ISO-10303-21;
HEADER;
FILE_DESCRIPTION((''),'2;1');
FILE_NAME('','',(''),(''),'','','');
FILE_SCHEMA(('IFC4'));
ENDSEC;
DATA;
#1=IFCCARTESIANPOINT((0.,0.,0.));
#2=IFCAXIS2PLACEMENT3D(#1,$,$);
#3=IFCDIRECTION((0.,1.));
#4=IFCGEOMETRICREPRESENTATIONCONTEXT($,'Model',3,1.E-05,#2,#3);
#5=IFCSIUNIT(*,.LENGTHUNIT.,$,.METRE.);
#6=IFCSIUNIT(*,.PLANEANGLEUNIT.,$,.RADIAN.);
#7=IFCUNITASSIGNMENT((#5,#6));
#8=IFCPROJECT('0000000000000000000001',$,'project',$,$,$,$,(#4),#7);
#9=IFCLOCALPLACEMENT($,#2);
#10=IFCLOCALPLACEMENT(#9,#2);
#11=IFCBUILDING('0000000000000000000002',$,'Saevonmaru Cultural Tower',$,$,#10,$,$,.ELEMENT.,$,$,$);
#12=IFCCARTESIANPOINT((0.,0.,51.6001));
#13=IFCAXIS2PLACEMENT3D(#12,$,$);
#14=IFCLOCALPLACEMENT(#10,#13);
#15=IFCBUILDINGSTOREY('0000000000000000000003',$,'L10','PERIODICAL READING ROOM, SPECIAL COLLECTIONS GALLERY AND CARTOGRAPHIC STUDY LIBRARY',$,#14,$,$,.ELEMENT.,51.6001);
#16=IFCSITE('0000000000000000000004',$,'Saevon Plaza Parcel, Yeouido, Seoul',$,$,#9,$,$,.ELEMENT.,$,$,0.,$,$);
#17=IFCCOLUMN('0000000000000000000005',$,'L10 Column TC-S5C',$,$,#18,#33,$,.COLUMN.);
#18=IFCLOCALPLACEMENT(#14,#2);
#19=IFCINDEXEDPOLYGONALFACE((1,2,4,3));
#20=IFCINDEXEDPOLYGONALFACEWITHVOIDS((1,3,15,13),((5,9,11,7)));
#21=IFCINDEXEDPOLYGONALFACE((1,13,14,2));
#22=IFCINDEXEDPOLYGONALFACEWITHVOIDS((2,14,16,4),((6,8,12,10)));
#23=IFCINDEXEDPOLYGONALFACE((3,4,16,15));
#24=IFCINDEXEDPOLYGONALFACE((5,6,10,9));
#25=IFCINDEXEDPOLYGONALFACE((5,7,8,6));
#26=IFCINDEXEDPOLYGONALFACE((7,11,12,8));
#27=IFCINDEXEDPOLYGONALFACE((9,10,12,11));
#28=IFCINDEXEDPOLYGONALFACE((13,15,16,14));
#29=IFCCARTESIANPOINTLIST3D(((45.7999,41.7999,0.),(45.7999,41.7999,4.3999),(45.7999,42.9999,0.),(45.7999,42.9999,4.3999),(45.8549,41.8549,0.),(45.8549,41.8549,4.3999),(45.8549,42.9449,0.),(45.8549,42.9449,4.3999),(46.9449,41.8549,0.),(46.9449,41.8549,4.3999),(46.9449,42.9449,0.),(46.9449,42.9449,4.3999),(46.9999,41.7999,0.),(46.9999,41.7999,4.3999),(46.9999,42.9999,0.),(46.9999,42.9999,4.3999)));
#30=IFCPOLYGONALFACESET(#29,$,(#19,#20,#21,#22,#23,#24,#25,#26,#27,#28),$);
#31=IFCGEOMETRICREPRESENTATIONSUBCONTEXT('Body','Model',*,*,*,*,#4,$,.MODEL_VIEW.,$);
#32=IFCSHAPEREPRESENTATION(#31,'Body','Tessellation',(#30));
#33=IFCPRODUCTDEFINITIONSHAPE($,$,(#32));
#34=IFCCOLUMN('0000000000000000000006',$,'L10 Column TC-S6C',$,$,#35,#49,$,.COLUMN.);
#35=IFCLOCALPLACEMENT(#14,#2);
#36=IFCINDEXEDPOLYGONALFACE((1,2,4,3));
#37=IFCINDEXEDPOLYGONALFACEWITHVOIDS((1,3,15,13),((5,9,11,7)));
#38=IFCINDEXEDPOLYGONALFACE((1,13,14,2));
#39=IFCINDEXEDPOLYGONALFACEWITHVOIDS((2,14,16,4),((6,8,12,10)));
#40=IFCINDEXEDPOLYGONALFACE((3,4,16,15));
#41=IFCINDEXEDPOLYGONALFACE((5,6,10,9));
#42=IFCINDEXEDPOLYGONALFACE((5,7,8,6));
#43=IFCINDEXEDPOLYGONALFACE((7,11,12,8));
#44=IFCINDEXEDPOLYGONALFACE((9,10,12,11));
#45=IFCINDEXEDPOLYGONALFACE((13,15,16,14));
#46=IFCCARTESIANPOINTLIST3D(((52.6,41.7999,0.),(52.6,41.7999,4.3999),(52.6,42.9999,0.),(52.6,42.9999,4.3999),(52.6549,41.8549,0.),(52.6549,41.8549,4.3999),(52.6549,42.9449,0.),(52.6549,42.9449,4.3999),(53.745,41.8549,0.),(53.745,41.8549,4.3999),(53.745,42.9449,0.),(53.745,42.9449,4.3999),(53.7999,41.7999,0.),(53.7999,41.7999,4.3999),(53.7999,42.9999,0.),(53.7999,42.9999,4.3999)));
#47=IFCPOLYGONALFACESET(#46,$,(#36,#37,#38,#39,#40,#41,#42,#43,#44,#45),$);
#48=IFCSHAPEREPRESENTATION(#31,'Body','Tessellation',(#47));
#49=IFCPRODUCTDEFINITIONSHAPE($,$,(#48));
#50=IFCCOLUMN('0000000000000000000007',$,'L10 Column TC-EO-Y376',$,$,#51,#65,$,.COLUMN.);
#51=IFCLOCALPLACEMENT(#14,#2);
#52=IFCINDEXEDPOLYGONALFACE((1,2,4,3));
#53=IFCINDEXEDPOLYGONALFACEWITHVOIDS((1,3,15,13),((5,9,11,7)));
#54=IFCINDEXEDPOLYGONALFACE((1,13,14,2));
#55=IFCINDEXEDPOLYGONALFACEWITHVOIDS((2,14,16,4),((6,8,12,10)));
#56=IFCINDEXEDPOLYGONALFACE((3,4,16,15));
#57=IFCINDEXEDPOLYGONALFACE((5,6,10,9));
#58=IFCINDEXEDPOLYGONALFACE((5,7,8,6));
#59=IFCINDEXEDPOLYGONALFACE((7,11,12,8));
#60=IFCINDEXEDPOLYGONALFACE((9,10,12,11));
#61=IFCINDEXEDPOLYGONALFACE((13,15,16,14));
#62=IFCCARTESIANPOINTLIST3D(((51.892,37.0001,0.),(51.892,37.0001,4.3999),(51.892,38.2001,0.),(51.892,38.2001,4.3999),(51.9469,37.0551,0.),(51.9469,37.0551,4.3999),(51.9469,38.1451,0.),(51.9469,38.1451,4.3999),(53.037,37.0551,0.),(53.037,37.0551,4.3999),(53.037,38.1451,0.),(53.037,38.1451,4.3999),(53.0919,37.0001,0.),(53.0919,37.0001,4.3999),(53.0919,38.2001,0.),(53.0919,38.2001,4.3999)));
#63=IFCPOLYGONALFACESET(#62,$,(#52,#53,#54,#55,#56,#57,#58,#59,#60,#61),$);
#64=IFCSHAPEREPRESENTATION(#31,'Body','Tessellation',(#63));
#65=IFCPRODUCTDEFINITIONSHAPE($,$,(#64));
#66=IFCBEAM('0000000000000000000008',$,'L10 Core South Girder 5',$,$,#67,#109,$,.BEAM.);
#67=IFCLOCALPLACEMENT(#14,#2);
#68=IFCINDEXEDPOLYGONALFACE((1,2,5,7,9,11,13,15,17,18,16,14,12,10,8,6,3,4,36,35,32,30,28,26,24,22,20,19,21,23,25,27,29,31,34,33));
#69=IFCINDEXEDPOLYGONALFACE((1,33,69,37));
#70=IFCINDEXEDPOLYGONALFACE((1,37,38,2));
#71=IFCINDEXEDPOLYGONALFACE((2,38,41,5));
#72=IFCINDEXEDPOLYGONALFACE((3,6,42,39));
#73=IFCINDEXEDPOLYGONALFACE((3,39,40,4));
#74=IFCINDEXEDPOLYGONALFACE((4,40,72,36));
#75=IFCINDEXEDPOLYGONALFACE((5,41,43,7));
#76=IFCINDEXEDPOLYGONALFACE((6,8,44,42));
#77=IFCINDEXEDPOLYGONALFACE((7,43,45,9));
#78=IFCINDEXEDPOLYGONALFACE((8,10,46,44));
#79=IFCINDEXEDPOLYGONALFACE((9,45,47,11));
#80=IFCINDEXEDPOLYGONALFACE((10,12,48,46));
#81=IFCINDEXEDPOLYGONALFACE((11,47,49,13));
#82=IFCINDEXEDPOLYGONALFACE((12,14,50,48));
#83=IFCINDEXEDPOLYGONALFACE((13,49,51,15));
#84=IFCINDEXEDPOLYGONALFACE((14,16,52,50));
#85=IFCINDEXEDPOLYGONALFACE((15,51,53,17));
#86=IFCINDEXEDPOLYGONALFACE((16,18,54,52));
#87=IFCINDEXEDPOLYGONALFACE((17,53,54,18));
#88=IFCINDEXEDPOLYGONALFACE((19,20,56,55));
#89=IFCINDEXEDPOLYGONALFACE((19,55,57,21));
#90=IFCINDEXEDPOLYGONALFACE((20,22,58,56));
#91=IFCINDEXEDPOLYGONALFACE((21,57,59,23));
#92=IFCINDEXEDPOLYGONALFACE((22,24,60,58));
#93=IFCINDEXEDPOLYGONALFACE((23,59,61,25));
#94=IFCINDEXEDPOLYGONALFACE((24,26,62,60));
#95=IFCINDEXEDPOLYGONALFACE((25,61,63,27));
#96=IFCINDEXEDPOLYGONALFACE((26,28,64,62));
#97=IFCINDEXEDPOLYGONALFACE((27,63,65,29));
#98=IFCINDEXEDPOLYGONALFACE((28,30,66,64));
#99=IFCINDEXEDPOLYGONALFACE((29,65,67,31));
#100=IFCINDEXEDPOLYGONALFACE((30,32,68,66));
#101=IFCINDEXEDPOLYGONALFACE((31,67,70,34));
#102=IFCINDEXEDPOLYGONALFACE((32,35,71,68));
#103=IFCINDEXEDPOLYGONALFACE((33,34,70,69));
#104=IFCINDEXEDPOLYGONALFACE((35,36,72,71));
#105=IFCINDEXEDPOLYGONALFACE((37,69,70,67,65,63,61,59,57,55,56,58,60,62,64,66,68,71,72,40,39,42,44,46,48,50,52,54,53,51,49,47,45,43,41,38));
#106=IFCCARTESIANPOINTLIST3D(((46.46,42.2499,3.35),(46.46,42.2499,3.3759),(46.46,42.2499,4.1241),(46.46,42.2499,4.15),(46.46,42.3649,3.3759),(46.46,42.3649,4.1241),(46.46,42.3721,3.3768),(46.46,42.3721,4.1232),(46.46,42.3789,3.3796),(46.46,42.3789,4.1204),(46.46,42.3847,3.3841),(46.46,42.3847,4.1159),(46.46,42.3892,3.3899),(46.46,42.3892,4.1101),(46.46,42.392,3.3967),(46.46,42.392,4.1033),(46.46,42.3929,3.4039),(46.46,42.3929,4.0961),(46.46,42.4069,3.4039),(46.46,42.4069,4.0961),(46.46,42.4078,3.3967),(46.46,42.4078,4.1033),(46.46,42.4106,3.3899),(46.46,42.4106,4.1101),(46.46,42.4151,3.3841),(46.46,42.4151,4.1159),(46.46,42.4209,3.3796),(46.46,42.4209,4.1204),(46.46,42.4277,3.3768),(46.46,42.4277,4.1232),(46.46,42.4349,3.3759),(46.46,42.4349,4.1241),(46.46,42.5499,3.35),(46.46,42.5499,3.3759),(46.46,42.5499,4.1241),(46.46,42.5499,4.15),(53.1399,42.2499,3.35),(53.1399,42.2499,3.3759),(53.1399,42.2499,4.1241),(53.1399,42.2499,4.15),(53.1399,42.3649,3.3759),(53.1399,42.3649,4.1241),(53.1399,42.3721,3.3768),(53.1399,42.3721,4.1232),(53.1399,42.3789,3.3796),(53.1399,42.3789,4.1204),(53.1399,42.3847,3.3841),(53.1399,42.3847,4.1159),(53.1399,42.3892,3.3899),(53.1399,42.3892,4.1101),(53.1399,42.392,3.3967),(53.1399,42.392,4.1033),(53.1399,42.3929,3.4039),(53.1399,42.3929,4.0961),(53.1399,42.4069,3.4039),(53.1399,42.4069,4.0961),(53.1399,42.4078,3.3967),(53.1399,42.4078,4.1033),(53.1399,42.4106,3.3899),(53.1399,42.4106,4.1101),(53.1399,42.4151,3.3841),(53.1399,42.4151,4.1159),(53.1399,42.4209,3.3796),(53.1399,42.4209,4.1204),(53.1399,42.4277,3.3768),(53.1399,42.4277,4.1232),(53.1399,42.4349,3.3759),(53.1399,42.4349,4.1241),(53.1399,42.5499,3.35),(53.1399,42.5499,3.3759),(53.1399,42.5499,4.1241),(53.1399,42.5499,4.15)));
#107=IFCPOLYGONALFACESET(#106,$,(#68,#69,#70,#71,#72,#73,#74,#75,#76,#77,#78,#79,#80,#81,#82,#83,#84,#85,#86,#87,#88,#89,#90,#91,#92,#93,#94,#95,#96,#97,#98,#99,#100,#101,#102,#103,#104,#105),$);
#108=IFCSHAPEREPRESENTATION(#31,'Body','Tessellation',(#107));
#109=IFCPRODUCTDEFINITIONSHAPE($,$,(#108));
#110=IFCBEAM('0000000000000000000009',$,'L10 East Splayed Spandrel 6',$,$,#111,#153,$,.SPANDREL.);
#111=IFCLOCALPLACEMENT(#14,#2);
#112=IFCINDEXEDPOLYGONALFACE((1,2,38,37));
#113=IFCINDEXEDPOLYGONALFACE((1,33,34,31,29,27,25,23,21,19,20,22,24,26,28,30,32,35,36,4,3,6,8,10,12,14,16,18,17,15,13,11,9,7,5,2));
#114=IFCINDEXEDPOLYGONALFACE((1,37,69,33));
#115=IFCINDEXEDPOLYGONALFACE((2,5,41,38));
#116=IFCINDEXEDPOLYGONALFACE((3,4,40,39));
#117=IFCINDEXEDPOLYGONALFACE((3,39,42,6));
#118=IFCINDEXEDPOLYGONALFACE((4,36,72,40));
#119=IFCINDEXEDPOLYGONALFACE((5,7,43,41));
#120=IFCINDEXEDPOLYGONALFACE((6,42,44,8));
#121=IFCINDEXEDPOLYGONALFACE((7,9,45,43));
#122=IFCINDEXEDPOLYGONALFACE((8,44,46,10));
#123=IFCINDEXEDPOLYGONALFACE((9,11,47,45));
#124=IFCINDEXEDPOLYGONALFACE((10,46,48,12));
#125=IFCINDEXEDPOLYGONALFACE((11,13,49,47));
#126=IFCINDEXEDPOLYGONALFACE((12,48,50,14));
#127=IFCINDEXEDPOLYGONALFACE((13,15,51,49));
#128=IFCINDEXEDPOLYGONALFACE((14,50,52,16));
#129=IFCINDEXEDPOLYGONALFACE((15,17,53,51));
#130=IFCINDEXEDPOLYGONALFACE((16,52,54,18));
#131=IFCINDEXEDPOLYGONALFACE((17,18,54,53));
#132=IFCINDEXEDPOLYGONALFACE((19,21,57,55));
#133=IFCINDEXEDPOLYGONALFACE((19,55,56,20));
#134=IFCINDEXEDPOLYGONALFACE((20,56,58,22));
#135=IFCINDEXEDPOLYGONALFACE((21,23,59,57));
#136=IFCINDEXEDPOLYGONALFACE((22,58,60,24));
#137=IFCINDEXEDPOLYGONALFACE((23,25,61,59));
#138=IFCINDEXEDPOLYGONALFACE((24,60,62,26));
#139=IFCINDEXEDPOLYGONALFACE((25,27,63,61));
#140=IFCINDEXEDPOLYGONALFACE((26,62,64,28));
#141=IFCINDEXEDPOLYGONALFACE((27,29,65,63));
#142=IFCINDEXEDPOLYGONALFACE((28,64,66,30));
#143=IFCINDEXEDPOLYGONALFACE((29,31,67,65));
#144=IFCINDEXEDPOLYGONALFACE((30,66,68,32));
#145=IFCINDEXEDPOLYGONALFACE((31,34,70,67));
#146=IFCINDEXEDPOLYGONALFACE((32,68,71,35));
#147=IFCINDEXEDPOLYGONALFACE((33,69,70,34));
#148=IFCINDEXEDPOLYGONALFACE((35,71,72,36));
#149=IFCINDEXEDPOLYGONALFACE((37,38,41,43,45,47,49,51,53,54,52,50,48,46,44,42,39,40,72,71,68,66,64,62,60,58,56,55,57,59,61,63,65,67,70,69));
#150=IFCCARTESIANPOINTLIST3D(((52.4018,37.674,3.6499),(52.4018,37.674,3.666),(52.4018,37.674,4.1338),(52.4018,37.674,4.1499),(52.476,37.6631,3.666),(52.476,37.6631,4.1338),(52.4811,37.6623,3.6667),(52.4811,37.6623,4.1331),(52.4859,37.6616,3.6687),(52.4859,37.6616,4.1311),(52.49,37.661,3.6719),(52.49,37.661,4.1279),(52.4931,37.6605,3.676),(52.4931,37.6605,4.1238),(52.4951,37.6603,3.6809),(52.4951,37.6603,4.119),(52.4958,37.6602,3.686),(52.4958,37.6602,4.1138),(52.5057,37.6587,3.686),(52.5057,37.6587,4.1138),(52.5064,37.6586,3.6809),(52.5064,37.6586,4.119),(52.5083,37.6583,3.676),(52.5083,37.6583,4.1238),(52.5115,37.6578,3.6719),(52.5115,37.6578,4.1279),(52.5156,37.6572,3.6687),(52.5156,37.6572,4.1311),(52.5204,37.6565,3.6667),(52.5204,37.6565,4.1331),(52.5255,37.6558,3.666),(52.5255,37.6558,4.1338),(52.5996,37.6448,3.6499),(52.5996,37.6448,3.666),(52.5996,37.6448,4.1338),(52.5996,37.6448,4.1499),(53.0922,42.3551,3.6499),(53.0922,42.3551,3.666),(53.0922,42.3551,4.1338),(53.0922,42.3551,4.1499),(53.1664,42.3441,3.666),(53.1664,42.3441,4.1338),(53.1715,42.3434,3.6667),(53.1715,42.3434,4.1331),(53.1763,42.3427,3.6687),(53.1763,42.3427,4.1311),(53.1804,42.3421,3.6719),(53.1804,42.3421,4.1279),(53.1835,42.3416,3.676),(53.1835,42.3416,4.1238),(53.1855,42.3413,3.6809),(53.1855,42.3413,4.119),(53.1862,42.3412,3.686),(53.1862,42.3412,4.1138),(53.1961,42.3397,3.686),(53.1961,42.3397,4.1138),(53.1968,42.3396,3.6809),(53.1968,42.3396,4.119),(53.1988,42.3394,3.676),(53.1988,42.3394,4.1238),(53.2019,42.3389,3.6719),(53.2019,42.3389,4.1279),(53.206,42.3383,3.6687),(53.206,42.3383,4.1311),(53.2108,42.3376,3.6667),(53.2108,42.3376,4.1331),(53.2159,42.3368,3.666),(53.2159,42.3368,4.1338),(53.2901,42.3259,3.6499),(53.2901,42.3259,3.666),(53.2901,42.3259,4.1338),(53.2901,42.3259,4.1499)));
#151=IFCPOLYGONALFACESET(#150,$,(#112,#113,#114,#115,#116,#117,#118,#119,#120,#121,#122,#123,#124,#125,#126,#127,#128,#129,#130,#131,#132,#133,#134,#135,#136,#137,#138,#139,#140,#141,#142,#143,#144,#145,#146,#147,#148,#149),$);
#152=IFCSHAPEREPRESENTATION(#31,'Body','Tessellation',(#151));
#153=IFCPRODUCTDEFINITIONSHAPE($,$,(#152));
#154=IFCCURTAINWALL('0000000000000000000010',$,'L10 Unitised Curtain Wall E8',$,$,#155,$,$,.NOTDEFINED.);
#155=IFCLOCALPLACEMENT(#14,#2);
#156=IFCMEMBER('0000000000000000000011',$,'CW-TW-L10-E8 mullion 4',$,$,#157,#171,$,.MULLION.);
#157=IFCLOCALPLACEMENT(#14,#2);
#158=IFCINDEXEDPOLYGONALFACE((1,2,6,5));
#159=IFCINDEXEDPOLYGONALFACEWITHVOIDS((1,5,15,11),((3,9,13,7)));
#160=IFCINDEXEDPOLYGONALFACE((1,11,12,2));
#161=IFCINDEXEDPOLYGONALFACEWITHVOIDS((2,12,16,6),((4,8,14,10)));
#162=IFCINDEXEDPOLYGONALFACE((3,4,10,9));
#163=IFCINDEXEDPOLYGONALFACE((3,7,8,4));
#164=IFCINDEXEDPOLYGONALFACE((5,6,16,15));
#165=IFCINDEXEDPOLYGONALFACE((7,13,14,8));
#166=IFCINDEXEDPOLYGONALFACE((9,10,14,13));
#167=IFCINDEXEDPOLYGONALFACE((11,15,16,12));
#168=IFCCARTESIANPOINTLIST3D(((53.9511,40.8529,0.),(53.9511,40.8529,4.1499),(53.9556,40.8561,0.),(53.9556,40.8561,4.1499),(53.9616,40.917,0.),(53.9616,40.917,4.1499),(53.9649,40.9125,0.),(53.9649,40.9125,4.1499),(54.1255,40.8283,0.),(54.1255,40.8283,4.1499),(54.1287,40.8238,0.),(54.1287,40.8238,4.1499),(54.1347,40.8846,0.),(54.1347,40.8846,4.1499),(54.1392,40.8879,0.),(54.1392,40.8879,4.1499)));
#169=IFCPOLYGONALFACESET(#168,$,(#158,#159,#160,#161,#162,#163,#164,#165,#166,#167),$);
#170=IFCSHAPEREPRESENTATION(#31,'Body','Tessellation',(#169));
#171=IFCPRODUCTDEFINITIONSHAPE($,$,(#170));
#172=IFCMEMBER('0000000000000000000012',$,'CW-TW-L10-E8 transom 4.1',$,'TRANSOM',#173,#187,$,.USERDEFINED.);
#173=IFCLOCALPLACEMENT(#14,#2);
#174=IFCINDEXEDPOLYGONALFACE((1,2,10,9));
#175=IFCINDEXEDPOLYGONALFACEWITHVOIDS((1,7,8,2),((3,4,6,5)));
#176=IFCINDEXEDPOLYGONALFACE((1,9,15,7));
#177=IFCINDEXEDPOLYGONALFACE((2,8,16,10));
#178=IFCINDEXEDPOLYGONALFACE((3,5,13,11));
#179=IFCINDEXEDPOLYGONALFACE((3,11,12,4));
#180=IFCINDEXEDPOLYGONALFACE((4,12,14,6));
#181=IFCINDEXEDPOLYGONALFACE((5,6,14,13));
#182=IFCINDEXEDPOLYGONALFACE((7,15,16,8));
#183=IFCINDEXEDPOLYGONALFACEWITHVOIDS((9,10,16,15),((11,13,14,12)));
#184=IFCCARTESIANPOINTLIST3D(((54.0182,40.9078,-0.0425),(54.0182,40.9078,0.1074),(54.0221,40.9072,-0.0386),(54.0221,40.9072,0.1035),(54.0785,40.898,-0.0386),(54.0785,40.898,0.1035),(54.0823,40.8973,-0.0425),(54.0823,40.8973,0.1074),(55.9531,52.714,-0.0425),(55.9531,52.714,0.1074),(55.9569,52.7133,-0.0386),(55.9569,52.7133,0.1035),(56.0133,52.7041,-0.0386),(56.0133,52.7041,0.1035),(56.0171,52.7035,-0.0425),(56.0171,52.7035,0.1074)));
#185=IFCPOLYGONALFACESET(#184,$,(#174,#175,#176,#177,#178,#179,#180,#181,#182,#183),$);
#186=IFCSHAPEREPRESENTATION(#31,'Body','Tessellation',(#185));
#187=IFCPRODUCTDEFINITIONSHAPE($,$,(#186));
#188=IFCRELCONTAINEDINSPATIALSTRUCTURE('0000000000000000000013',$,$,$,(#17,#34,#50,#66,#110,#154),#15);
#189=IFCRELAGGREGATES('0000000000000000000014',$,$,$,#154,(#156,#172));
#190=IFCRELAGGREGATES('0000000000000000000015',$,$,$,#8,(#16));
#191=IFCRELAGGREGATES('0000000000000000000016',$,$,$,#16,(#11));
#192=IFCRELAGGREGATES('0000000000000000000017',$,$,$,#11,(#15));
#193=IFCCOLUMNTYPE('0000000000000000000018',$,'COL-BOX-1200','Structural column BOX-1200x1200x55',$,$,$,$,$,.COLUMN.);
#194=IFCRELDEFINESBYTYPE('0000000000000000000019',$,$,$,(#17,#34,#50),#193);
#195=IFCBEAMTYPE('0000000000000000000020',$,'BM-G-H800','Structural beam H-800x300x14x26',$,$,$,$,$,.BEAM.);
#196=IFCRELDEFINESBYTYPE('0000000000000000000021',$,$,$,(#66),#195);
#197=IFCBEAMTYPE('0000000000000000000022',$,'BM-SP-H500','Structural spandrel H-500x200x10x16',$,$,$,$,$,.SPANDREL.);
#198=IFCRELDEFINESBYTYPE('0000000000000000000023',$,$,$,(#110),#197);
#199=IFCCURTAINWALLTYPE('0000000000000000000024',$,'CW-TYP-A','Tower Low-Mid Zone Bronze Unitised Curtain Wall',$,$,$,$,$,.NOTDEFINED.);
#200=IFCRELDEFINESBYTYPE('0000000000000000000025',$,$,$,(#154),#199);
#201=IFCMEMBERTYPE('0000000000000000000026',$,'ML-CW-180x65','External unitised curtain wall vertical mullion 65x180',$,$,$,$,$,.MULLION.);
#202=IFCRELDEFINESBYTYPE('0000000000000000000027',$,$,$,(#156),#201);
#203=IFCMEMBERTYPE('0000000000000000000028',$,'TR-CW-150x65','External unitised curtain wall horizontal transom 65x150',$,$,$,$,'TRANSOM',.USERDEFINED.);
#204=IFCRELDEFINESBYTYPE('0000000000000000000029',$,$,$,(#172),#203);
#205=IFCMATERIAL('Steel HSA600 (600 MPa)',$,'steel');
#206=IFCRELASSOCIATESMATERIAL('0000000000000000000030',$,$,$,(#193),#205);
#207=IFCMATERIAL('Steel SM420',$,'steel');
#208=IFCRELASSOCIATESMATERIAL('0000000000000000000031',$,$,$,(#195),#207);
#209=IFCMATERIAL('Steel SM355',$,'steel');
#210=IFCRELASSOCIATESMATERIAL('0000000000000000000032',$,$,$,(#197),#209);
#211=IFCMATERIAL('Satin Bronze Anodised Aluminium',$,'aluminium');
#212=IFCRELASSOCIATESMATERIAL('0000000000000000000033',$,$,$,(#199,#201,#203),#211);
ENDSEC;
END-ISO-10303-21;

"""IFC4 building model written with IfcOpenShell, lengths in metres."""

from ifc_helpers import new_model, si_unit, direction, frame, origin, origin_2d, place, context, subcontext, project, spatial, hollow_rectangle, i_section, extrude, material, material_profile, profile_set, type_object, element, aggregate, save


model = new_model("IFC4")

# Units and contexts
model_context = context("Model", 3, precision=1e-05, world=origin(), true_north=direction((0.0, 1.0)))
body_context = subcontext(model_context, "Body", "Model", "MODEL_VIEW")
ifc_project = project(units=[si_unit("LENGTHUNIT", "METRE"), si_unit("PLANEANGLEUNIT", "RADIAN")], contexts=[model_context])

# Site, building, storey
site_placement = place(None, origin())
site = spatial("IfcSite", under=ifc_project, at=site_placement, Name="Saevon Plaza Parcel, Yeouido, Seoul", CompositionType="ELEMENT", RefElevation=0.0)
building_placement = place(site_placement, origin())
building = spatial("IfcBuilding", under=site, at=building_placement, Name="Saevonmaru Cultural Tower", CompositionType="ELEMENT")
storey_placement = place(building_placement, frame((0.0, 0.0, 51.6001)))
storey = spatial("IfcBuildingStorey", under=building, at=storey_placement, Name="L10", Description="PERIODICAL READING ROOM, SPECIAL COLLECTIONS GALLERY AND CARTOGRAPHIC STUDY LIBRARY", CompositionType="ELEMENT", Elevation=51.6001)

# Columns
ifc_material_1 = material(Name="Steel HSA600 (600 MPa)", Category="steel")
ifc_material_profile_1 = material_profile(ifc_material_1, hollow_rectangle(XDim=1.2, YDim=1.2, WallThickness=0.0549, at=origin_2d()), Name="BOX-1200x1200x55")
ifc_profile_set_1 = profile_set([ifc_material_profile_1], Name="Steel HSA600 (600 MPa)")
column_type = type_object("IfcColumnType", Name="COL-BOX-1200", Description="Structural column BOX-1200x1200x55", PredefinedType="COLUMN", material=ifc_profile_set_1)
for number, where, z_axis, x_axis, name in (
    (1, (46.3999, 42.3999, 0.0), (0.0, 0.0, 1.0), (1.0, 0.0, 0.0), "L10 Column TC-S5C"),
    (2, (53.2, 42.3999, 0.0), (0.0, 0.0, 1.0), (1.0, 0.0, 0.0), "L10 Column TC-S6C"),
    (3, (52.4919, 37.6001, 0.0), (0.0, 0.0, 1.0), (1.0, 0.0, 0.0), "L10 Column TC-EO-Y376"),
):
    element("IfcColumn", number, at=place(storey_placement, frame(where, z_axis=z_axis, x_axis=x_axis)), inside=storey, type_object=column_type, Name=name, PredefinedType="COLUMN", context=body_context, shape_type="SweptSolid", body=[
        extrude(hollow_rectangle(XDim=1.2, YDim=1.2, WallThickness=0.0549, at=origin_2d()), origin(), (0.0, 0.0, 1.0), 4.3999),
    ])

# Beams
ifc_material_2 = material(Name="Steel SM420", Category="steel")
ifc_material_profile_2 = material_profile(ifc_material_2, i_section(OverallWidth=0.3, OverallDepth=0.8, WebThickness=0.0139, FlangeThickness=0.0259, FilletRadius=0.0281, at=origin_2d()), Name="H-800x300x14x26")
ifc_profile_set_2 = profile_set([ifc_material_profile_2], Name="Steel SM420")
beam_type_1 = type_object("IfcBeamType", Name="BM-G-H800", Description="Structural beam H-800x300x14x26", PredefinedType="BEAM", material=ifc_profile_set_2)
beam_1_placement = place(storey_placement, frame((46.46, 42.3999, 3.75), z_axis=(1.0, 0.0, 0.0), x_axis=(0.0, 1.0, 0.0)))
element("IfcBeam", 4, at=beam_1_placement, inside=storey, type_object=beam_type_1, Name="L10 Core South Girder 5", PredefinedType="BEAM", context=body_context, shape_type="SweptSolid", body=[
    extrude(i_section(OverallWidth=0.3, OverallDepth=0.8, WebThickness=0.0139, FlangeThickness=0.0259, FilletRadius=0.0281, at=origin_2d()), origin(), (0.0, 0.0, 1.0), 6.6799),
])
ifc_material_3 = material(Name="Steel SM355", Category="steel")
ifc_material_profile_3 = material_profile(ifc_material_3, i_section(OverallWidth=0.2, OverallDepth=0.5, WebThickness=0.01, FlangeThickness=0.0161, FilletRadius=0.02, at=origin_2d()), Name="H-500x200x10x16")
ifc_profile_set_3 = profile_set([ifc_material_profile_3], Name="Steel SM355")
beam_type_2 = type_object("IfcBeamType", Name="BM-SP-H500", Description="Structural spandrel H-500x200x10x16", PredefinedType="SPANDREL", material=ifc_profile_set_3)
beam_2_placement = place(storey_placement, frame((52.5007, 37.6594, 3.8999), z_axis=(0.145913, 0.989297, 0.0), x_axis=(-0.989297, 0.145913, 0.0)))
element("IfcBeam", 5, at=beam_2_placement, inside=storey, type_object=beam_type_2, Name="L10 East Splayed Spandrel 6", PredefinedType="SPANDREL", context=body_context, shape_type="SweptSolid", body=[
    extrude(i_section(OverallWidth=0.2, OverallDepth=0.5, WebThickness=0.01, FlangeThickness=0.0161, FilletRadius=0.02, at=origin_2d()), origin(), (0.0, 0.0, 1.0), 4.7317),
])

# Curtain wall, members
ifc_material_4 = material(Name="Satin Bronze Anodised Aluminium", Category="aluminium")
curtain_wall_type = type_object("IfcCurtainWallType", Name="CW-TYP-A", Description="Tower Low-Mid Zone Bronze Unitised Curtain Wall", PredefinedType="NOTDEFINED", material=ifc_material_4)
curtain_wall_placement = place(storey_placement, origin())
curtain_wall = element("IfcCurtainWall", 6, at=curtain_wall_placement, inside=storey, type_object=curtain_wall_type, Name="L10 Unitised Curtain Wall E8", PredefinedType="NOTDEFINED")
ifc_material_profile_4 = material_profile(ifc_material_4, hollow_rectangle(XDim=0.0649, YDim=0.1799, WallThickness=0.0039, at=origin_2d()), Name="ALU-MULL-180x65x4")
ifc_profile_set_4 = profile_set([ifc_material_profile_4], Name="Satin Bronze Anodised Aluminium")
member_type_1 = type_object("IfcMemberType", Name="ML-CW-180x65", Description="External unitised curtain wall vertical mullion 65x180", PredefinedType="MULLION", material=ifc_profile_set_4)
member_1_placement = place(storey_placement, frame((54.0452, 40.8704, 0.0), z_axis=(0.0, 0.0, 1.0), x_axis=(0.161709, 0.986839, 0.0)))
member_1 = element("IfcMember", 7, at=member_1_placement, type_object=member_type_1, Name="CW-TW-L10-E8 mullion 4", PredefinedType="MULLION", context=body_context, shape_type="SweptSolid", body=[
    extrude(hollow_rectangle(XDim=0.0649, YDim=0.1799, WallThickness=0.0039, at=origin_2d()), origin(), (0.0, 0.0, 1.0), 4.1499),
])
ifc_material_profile_5 = material_profile(ifc_material_4, hollow_rectangle(XDim=0.0649, YDim=0.1499, WallThickness=0.0039, at=origin_2d()), Name="ALU-TRAN-150x65x4")
ifc_profile_set_5 = profile_set([ifc_material_profile_5], Name="Satin Bronze Anodised Aluminium")
member_type_2 = type_object("IfcMemberType", Name="TR-CW-150x65", Description="External unitised curtain wall horizontal transom 65x150", ElementType="TRANSOM", PredefinedType="USERDEFINED", material=ifc_profile_set_5)
member_2_placement = place(storey_placement, frame((54.0503, 40.9026, 0.0325), z_axis=(0.161725, 0.986836, 0.0), x_axis=(-0.986836, 0.161725, 0.0)))
member_2 = element("IfcMember", 8, at=member_2_placement, type_object=member_type_2, Name="CW-TW-L10-E8 transom 4.1", ObjectType="TRANSOM", PredefinedType="USERDEFINED", context=body_context, shape_type="SweptSolid", body=[
    extrude(hollow_rectangle(XDim=0.0649, YDim=0.1499, WallThickness=0.0039, at=origin_2d()), origin(), (0.0, 0.0, 1.0), 11.9636),
])
aggregate(curtain_wall, [member_1, member_2])

save(model, "model.ifc")
